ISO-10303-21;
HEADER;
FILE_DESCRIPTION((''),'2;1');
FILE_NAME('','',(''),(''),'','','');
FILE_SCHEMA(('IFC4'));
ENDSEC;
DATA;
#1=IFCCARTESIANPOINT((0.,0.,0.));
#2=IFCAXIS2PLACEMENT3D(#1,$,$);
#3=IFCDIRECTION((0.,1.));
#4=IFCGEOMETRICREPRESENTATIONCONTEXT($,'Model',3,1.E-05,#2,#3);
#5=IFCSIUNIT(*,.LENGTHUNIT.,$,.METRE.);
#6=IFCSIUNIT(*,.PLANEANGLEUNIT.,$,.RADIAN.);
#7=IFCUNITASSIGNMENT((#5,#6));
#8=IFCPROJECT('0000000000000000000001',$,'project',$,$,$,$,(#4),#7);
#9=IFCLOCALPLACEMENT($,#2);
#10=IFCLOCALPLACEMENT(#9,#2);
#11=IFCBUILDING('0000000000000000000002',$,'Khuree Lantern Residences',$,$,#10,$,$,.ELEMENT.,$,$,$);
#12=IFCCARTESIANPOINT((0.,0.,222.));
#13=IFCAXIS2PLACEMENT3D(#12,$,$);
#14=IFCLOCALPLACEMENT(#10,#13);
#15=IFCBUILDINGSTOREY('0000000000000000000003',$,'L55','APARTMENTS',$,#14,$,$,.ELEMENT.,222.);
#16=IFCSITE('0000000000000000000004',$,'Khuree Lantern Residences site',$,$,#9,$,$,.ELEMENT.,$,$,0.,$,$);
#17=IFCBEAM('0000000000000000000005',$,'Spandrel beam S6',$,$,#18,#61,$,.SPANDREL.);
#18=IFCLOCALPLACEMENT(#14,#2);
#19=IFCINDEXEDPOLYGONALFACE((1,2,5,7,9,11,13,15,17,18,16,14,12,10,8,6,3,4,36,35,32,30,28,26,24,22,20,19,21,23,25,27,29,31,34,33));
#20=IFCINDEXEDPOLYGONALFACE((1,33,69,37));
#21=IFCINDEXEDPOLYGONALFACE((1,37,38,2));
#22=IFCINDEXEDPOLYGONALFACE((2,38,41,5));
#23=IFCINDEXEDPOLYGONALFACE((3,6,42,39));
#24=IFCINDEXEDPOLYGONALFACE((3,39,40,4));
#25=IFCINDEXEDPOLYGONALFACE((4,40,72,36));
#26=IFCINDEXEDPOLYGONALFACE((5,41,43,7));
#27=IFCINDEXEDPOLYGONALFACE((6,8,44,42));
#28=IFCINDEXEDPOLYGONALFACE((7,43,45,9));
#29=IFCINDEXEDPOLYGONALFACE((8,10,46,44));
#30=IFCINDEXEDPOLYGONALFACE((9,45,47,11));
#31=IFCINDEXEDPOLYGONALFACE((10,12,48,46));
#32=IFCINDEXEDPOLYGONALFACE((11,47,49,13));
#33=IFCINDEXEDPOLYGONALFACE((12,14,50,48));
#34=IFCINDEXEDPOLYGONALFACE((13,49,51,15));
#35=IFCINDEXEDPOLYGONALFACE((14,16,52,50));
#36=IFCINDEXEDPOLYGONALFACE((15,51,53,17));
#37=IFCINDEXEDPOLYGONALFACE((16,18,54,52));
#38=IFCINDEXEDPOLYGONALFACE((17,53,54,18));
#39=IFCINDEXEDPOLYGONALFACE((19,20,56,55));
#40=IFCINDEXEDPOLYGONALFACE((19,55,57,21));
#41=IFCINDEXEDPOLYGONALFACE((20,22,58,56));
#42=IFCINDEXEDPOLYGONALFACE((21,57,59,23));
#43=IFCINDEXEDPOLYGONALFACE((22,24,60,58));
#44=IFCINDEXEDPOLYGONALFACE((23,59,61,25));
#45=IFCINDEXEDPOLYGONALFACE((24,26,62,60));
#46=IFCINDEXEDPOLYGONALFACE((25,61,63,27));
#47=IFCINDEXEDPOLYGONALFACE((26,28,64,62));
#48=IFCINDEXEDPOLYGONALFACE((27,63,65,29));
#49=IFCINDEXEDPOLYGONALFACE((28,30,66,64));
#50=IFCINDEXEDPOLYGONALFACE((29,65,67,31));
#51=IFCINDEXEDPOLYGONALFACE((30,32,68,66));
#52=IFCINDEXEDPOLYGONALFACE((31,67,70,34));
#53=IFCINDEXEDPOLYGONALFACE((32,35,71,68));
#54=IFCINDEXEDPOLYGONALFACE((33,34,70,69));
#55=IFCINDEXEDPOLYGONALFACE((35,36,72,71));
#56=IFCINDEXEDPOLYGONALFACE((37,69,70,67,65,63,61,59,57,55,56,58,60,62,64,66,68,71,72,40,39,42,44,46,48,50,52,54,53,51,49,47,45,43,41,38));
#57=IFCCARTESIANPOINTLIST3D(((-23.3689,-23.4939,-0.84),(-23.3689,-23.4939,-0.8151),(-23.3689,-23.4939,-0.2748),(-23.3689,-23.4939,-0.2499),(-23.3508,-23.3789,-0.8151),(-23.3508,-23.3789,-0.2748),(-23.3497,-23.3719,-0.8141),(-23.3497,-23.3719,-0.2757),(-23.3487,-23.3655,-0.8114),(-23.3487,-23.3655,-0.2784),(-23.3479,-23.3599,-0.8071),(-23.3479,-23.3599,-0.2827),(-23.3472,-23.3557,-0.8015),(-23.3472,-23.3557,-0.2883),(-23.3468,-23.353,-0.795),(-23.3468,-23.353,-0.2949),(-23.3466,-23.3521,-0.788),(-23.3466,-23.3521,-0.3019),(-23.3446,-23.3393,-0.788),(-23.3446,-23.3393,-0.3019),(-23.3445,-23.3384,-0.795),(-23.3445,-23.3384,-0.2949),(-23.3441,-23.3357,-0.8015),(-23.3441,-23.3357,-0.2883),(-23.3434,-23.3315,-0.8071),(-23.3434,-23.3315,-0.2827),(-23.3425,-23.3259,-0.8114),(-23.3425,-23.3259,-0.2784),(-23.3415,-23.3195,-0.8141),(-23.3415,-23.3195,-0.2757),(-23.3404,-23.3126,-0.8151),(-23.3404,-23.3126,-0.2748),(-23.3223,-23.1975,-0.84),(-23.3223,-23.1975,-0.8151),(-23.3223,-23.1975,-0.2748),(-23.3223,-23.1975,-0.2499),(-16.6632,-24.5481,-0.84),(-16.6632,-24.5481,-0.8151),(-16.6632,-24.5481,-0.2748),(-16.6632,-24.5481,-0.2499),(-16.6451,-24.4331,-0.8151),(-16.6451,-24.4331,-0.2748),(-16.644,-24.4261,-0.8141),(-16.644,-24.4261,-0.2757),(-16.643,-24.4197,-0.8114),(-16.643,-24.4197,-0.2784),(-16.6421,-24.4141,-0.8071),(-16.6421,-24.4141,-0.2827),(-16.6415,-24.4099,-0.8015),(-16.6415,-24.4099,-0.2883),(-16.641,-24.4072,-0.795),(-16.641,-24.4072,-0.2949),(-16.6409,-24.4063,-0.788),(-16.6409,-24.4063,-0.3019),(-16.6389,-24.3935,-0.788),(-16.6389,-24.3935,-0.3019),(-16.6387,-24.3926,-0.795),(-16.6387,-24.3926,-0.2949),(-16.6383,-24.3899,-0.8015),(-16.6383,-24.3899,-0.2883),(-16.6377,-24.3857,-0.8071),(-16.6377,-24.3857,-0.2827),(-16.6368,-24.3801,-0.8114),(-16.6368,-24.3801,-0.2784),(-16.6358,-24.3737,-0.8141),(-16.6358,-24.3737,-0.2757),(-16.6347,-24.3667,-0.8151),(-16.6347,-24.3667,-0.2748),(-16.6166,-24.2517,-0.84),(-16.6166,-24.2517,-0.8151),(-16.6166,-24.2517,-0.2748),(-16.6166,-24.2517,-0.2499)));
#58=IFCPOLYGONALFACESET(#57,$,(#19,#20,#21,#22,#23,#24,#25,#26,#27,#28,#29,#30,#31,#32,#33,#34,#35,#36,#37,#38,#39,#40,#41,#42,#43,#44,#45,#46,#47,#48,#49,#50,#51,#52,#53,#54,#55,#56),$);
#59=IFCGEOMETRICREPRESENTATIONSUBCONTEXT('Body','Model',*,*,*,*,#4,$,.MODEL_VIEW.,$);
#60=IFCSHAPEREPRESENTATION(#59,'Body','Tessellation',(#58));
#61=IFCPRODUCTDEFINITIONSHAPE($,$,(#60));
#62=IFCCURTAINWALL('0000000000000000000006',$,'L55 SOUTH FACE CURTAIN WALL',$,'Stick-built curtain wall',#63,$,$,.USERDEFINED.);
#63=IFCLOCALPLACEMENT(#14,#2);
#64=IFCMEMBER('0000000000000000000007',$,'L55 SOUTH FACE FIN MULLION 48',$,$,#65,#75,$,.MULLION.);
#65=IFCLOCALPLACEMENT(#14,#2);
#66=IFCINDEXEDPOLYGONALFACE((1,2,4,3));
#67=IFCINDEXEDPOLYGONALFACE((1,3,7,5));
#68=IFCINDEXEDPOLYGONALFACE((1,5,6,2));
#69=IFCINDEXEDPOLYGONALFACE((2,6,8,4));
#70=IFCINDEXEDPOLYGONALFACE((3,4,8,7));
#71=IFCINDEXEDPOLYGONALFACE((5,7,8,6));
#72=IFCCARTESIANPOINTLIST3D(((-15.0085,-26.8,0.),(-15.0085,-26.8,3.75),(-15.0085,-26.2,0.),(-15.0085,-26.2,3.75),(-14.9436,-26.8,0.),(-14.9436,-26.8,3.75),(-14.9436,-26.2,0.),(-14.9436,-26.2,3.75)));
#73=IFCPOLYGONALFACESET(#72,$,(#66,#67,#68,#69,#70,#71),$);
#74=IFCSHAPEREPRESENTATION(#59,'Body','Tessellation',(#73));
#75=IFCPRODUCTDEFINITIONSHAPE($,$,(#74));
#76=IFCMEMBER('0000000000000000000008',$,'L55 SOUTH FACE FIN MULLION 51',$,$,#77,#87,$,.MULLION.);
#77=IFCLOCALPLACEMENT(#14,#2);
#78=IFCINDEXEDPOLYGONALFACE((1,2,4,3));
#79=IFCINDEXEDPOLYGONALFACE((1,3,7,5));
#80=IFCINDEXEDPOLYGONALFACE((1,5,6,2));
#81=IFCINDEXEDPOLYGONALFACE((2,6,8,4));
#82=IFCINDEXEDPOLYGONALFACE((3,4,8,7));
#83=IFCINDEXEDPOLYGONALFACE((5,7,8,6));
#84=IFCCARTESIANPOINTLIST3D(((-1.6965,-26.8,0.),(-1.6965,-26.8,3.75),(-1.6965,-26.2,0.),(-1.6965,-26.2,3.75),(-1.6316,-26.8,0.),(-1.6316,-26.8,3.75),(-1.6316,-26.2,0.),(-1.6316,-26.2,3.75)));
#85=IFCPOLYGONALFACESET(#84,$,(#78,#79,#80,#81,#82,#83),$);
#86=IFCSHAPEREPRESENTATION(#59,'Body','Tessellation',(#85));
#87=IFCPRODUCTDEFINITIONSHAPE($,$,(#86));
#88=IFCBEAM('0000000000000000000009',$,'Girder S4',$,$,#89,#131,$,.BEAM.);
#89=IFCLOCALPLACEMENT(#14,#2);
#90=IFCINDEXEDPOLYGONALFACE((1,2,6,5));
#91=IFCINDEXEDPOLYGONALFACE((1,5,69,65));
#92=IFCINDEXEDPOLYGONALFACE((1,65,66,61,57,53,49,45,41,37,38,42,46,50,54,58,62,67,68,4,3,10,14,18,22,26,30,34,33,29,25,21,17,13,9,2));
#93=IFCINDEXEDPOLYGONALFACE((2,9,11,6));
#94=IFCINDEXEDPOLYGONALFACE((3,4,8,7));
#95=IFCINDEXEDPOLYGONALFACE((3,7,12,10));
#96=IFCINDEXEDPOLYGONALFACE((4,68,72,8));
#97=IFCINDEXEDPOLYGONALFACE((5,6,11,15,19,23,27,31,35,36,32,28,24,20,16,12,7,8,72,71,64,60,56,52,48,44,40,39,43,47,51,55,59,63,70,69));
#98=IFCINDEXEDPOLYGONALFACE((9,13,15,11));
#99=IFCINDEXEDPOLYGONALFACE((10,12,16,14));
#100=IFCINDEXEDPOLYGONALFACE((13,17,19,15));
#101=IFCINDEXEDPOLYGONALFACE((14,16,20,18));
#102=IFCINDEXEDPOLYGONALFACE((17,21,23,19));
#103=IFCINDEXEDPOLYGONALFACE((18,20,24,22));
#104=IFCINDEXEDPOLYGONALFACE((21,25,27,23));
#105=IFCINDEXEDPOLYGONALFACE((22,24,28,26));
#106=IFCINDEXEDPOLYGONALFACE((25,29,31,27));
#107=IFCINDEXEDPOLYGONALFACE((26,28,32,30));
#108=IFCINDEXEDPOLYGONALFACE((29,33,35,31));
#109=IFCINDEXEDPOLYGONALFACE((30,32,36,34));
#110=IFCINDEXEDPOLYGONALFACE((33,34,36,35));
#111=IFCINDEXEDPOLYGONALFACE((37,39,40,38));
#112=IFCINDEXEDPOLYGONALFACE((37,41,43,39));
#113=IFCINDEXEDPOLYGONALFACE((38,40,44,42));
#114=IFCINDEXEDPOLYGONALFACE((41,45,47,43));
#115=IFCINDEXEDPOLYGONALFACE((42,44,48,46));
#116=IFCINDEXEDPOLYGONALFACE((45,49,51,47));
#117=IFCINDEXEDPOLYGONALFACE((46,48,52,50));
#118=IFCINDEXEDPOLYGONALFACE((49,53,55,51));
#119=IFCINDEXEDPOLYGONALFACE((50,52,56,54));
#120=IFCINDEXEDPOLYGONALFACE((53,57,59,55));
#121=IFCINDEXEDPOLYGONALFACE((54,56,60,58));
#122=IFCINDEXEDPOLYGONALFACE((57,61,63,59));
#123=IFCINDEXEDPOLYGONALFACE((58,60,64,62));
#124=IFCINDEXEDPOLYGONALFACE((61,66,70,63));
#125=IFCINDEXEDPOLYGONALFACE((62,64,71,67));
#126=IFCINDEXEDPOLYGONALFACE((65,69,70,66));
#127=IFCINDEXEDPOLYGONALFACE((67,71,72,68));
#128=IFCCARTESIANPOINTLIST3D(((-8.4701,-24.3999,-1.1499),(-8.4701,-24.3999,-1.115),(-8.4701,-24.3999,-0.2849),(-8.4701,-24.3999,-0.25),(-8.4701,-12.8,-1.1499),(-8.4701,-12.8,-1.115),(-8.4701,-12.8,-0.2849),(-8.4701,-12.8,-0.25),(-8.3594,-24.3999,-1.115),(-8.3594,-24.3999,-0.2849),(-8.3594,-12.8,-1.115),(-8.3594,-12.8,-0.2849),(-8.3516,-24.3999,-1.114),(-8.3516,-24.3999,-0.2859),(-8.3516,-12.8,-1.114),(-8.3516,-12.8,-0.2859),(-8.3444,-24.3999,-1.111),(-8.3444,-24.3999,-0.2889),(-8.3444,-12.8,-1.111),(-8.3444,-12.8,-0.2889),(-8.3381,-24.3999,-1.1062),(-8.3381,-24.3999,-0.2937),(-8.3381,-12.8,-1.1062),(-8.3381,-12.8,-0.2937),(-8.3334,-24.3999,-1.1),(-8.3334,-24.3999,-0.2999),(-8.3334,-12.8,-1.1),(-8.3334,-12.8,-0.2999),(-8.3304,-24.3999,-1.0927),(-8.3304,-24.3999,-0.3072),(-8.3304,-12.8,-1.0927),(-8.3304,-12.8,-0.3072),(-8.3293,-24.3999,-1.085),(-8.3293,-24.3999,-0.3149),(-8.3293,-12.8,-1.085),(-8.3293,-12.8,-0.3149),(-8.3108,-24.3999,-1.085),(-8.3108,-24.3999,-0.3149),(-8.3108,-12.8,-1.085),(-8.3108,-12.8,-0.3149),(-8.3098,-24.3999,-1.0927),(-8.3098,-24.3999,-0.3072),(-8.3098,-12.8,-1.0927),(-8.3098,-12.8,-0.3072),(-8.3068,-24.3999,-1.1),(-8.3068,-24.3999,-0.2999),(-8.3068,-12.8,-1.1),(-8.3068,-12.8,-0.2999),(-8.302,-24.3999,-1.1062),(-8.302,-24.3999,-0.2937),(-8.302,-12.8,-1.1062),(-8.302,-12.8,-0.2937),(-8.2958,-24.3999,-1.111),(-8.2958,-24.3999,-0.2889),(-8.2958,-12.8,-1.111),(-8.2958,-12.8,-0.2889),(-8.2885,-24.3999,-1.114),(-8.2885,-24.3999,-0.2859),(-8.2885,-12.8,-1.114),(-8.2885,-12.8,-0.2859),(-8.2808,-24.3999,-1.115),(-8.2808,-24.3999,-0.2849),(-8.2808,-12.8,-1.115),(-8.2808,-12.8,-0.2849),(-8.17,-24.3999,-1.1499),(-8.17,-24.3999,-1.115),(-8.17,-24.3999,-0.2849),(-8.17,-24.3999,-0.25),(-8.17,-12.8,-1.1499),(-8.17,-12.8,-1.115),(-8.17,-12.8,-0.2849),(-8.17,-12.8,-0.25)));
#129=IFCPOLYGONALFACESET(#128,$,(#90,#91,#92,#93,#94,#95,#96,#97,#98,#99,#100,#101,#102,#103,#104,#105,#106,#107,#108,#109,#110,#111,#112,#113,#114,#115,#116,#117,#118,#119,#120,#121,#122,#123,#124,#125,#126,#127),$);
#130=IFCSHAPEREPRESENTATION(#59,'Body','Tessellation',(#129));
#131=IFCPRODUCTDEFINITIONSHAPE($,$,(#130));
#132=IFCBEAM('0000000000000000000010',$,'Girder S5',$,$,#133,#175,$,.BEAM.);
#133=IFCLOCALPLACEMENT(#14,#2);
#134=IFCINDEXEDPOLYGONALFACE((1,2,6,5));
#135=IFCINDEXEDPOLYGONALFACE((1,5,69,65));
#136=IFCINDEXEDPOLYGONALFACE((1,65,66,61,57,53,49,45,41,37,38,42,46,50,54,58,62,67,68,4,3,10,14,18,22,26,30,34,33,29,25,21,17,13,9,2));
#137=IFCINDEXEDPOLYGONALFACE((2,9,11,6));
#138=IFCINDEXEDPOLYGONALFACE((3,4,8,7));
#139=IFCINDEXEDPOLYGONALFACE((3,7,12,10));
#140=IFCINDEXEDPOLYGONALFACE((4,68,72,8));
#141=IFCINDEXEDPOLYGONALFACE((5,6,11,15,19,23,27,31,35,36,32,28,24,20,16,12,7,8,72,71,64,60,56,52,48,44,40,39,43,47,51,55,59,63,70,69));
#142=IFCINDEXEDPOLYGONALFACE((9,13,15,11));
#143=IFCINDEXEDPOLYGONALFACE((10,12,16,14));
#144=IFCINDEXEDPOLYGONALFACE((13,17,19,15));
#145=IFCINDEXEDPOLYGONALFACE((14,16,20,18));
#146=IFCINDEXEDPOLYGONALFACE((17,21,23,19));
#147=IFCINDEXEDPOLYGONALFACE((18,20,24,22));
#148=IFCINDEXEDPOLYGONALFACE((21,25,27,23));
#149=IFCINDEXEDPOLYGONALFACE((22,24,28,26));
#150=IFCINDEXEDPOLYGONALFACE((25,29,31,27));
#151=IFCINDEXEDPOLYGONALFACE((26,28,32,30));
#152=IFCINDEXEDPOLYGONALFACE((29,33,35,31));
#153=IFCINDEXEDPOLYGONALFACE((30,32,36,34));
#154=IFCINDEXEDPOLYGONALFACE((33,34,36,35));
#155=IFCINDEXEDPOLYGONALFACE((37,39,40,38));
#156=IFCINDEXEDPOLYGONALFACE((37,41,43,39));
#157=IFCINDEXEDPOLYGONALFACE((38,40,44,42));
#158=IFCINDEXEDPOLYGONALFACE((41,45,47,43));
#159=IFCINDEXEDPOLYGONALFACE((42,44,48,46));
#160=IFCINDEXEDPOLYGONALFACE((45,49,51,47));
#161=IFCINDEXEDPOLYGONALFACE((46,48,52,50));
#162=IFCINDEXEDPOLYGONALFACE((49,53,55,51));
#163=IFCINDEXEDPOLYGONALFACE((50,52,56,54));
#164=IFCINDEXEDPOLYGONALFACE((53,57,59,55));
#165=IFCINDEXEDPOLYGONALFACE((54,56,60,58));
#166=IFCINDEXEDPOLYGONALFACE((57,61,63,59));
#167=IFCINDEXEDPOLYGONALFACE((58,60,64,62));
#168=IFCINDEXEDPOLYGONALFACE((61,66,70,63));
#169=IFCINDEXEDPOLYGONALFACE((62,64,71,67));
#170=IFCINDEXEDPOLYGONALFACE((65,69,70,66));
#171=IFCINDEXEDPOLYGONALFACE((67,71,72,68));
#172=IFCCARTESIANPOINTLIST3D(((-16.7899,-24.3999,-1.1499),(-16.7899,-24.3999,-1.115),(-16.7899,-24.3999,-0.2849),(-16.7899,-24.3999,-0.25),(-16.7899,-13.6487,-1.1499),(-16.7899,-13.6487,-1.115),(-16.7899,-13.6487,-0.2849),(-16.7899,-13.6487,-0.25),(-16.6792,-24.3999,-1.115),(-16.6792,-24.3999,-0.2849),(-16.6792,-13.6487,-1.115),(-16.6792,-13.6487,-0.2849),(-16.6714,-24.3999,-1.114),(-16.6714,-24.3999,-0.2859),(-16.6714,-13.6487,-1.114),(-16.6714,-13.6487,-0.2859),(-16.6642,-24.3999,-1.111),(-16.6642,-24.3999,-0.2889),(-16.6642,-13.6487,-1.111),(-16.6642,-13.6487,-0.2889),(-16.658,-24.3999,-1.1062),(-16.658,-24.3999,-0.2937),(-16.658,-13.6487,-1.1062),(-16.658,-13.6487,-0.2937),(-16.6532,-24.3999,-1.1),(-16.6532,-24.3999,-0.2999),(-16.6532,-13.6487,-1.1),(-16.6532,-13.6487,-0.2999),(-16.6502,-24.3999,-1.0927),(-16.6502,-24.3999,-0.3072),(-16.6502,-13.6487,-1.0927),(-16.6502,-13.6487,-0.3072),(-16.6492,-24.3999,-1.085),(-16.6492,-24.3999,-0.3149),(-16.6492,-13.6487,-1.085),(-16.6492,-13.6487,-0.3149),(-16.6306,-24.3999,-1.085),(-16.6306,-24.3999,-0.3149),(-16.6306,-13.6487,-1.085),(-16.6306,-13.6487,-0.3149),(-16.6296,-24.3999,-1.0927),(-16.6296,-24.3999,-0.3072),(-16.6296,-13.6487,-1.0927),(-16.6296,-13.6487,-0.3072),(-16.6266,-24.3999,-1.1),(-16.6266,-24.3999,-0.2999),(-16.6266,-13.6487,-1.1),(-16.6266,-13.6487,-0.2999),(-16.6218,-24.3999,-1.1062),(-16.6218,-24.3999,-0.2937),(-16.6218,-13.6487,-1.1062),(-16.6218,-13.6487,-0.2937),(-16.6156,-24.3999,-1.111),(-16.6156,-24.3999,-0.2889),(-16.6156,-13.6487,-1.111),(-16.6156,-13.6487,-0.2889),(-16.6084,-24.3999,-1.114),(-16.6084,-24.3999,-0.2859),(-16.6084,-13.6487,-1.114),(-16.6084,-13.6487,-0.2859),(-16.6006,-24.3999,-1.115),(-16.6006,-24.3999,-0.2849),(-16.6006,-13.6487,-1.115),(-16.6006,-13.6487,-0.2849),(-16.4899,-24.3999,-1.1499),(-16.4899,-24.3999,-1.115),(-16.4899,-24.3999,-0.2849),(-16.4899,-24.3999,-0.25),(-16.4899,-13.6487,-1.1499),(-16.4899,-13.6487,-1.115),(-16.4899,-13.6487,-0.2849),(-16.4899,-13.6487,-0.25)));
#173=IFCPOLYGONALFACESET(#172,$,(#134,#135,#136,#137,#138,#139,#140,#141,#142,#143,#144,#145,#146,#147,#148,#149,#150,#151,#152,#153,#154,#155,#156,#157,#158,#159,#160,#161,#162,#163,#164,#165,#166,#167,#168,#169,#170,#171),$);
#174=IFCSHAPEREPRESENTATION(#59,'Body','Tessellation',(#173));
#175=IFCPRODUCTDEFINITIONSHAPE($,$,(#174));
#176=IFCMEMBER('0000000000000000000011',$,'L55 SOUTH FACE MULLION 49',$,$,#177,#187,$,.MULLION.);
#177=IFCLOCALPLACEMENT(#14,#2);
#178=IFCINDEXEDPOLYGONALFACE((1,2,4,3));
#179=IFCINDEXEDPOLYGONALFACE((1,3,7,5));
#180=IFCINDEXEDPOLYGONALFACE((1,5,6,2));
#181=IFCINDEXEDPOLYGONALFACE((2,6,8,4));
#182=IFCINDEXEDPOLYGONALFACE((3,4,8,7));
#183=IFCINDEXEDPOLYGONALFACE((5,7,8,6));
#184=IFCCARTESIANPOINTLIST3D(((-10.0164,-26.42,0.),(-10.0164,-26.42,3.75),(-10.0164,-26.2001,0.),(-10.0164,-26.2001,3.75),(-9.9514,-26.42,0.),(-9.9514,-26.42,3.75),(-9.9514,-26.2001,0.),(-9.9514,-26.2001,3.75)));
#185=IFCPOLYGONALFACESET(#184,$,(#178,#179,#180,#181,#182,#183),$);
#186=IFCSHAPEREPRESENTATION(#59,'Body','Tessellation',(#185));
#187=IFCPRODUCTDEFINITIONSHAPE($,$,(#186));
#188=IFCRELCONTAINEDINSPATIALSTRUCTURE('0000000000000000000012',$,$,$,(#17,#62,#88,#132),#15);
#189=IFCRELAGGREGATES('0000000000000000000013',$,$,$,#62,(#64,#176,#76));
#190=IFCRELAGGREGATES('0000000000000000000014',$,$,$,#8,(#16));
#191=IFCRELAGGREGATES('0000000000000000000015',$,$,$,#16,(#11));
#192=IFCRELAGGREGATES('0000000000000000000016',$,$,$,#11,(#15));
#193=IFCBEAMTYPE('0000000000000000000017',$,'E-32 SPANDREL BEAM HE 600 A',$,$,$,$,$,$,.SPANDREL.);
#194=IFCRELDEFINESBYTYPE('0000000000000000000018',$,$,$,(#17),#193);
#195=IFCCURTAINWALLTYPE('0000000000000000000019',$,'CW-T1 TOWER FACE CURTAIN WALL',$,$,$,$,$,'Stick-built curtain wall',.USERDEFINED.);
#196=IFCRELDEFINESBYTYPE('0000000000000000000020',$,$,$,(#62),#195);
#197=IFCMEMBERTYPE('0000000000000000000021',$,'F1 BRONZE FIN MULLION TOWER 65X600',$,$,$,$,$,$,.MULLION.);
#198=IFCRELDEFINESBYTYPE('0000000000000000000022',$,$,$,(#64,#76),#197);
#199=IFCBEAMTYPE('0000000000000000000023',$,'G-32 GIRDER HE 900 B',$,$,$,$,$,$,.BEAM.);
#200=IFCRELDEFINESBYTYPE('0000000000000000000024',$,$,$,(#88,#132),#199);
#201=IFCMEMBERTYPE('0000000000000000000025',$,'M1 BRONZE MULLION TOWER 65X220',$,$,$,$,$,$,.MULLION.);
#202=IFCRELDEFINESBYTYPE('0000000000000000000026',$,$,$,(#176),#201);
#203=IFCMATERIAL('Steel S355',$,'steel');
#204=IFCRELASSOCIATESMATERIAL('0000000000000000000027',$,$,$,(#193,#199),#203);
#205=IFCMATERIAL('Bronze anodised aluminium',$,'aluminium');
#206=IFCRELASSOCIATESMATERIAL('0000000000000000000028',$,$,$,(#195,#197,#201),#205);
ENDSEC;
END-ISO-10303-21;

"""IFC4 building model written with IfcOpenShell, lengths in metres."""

from ifc_helpers import new_model, si_unit, direction, frame, origin, origin_2d, place, context, subcontext, project, spatial, rectangle, i_section, extrude, material, material_profile, profile_set, type_object, element, aggregate, save


model = new_model("IFC4")

# Units and contexts
model_context = context("Model", 3, precision=1e-05, world=origin(), true_north=direction((0.0, 1.0)))
body_context = subcontext(model_context, "Body", "Model", "MODEL_VIEW")
ifc_project = project(units=[si_unit("LENGTHUNIT", "METRE"), si_unit("PLANEANGLEUNIT", "RADIAN")], contexts=[model_context])

# Site, building, storey
site_placement = place(None, origin())
site = spatial("IfcSite", under=ifc_project, at=site_placement, Name="Khuree Lantern Residences site", CompositionType="ELEMENT", RefElevation=0.0)
building_placement = place(site_placement, origin())
building = spatial("IfcBuilding", under=site, at=building_placement, Name="Khuree Lantern Residences", CompositionType="ELEMENT")
storey_placement = place(building_placement, frame((0.0, 0.0, 222.0)))
storey = spatial("IfcBuildingStorey", under=building, at=storey_placement, Name="L55", Description="APARTMENTS", CompositionType="ELEMENT", Elevation=222.0)

# Beam
ifc_material_1 = material(Name="Steel S355", Category="steel")
ifc_material_profile_1 = material_profile(ifc_material_1, i_section(OverallWidth=0.3, OverallDepth=0.5901, WebThickness=0.0129, FlangeThickness=0.0249, FilletRadius=0.0271, at=origin_2d()), Name="HE 600 A")
ifc_profile_set_1 = profile_set([ifc_material_profile_1], Name="Steel S355")
beam_type_1 = type_object("IfcBeamType", Name="E-32 SPANDREL BEAM HE 600 A", PredefinedType="SPANDREL", material=ifc_profile_set_1)
beam_1_placement = place(storey_placement, frame((-16.6399, -24.3999, -0.5449), z_axis=(-0.987867, 0.1553, 0.0), x_axis=(-0.1553, -0.987867, 0.0)))
element("IfcBeam", 1, at=beam_1_placement, inside=storey, type_object=beam_type_1, Name="Spandrel beam S6", PredefinedType="SPANDREL", context=body_context, shape_type="SweptSolid", body=[
    extrude(i_section(OverallWidth=0.3, OverallDepth=0.5901, WebThickness=0.0129, FlangeThickness=0.0249, FilletRadius=0.0271, at=origin_2d()), origin(), (0.0, 0.0, 1.0), 6.7881),
])

# Curtain wall, members
ifc_material_2 = material(Name="Bronze anodised aluminium", Category="aluminium")
curtain_wall_type = type_object("IfcCurtainWallType", Name="CW-T1 TOWER FACE CURTAIN WALL", ElementType="Stick-built curtain wall", PredefinedType="USERDEFINED", material=ifc_material_2)
curtain_wall_placement = place(storey_placement, origin())
curtain_wall = element("IfcCurtainWall", 2, at=curtain_wall_placement, inside=storey, type_object=curtain_wall_type, Name="L55 SOUTH FACE CURTAIN WALL", ObjectType="Stick-built curtain wall", PredefinedType="USERDEFINED")
ifc_material_profile_2 = material_profile(ifc_material_2, rectangle(XDim=0.0649, YDim=0.6001, at=origin_2d()), Name="F1 65X600")
ifc_profile_set_2 = profile_set([ifc_material_profile_2], Name="Bronze anodised aluminium")
member_type_1 = type_object("IfcMemberType", Name="F1 BRONZE FIN MULLION TOWER 65X600", PredefinedType="MULLION", material=ifc_profile_set_2)
member_1_placement = place(storey_placement, frame((-14.9761, -26.5, 0.0), z_axis=(0.0, 0.0, 1.0), x_axis=(1.0, 0.0, 0.0)))
member_1 = element("IfcMember", 3, at=member_1_placement, type_object=member_type_1, Name="L55 SOUTH FACE FIN MULLION 48", PredefinedType="MULLION", context=body_context, shape_type="SweptSolid", body=[
    extrude(rectangle(XDim=0.0649, YDim=0.6001, at=origin_2d()), origin(), (0.0, 0.0, 1.0), 3.75),
])
member_2_placement = place(storey_placement, frame((-1.6641, -26.5, 0.0), z_axis=(0.0, 0.0, 1.0), x_axis=(1.0, 0.0, 0.0)))
member_2 = element("IfcMember", 4, at=member_2_placement, type_object=member_type_1, Name="L55 SOUTH FACE FIN MULLION 51", PredefinedType="MULLION", context=body_context, shape_type="SweptSolid", body=[
    extrude(rectangle(XDim=0.0649, YDim=0.6001, at=origin_2d()), origin(), (0.0, 0.0, 1.0), 3.75),
])

# Beams
ifc_material_profile_3 = material_profile(ifc_material_1, i_section(OverallWidth=0.3, OverallDepth=0.8999, WebThickness=0.0186, FlangeThickness=0.0349, FilletRadius=0.03, at=origin_2d()), Name="HE 900 B")
ifc_profile_set_3 = profile_set([ifc_material_profile_3], Name="Steel S355")
beam_type_2 = type_object("IfcBeamType", Name="G-32 GIRDER HE 900 B", PredefinedType="BEAM", material=ifc_profile_set_3)
beam_2_placement = place(storey_placement, frame((-8.3201, -24.3999, -0.7), z_axis=(0.0, 1.0, 0.0), x_axis=(-1.0, 0.0, 0.0)))
element("IfcBeam", 5, at=beam_2_placement, inside=storey, type_object=beam_type_2, Name="Girder S4", PredefinedType="BEAM", context=body_context, shape_type="SweptSolid", body=[
    extrude(i_section(OverallWidth=0.3, OverallDepth=0.8999, WebThickness=0.0186, FlangeThickness=0.0349, FilletRadius=0.03, at=origin_2d()), origin(), (0.0, 0.0, 1.0), 11.5999),
])
beam_3_placement = place(storey_placement, frame((-16.6399, -24.3999, -0.7), z_axis=(0.0, 1.0, 0.0), x_axis=(-1.0, 0.0, 0.0)))
element("IfcBeam", 6, at=beam_3_placement, inside=storey, type_object=beam_type_2, Name="Girder S5", PredefinedType="BEAM", context=body_context, shape_type="SweptSolid", body=[
    extrude(i_section(OverallWidth=0.3, OverallDepth=0.8999, WebThickness=0.0186, FlangeThickness=0.0349, FilletRadius=0.03, at=origin_2d()), origin(), (0.0, 0.0, 1.0), 10.7512),
])

# Member
ifc_material_profile_4 = material_profile(ifc_material_2, rectangle(XDim=0.0649, YDim=0.22, at=origin_2d()), Name="M1 65X220")
ifc_profile_set_4 = profile_set([ifc_material_profile_4], Name="Bronze anodised aluminium")
member_type_2 = type_object("IfcMemberType", Name="M1 BRONZE MULLION TOWER 65X220", PredefinedType="MULLION", material=ifc_profile_set_4)
member_3_placement = place(storey_placement, frame((-9.9839, -26.3101, 0.0), z_axis=(0.0, 0.0, 1.0), x_axis=(1.0, 0.0, 0.0)))
member_3 = element("IfcMember", 7, at=member_3_placement, type_object=member_type_2, Name="L55 SOUTH FACE MULLION 49", PredefinedType="MULLION", context=body_context, shape_type="SweptSolid", body=[
    extrude(rectangle(XDim=0.0649, YDim=0.22, at=origin_2d()), origin(), (0.0, 0.0, 1.0), 3.75),
])

aggregate(curtain_wall, [member_1, member_3, member_2])

save(model, "model.ifc")
